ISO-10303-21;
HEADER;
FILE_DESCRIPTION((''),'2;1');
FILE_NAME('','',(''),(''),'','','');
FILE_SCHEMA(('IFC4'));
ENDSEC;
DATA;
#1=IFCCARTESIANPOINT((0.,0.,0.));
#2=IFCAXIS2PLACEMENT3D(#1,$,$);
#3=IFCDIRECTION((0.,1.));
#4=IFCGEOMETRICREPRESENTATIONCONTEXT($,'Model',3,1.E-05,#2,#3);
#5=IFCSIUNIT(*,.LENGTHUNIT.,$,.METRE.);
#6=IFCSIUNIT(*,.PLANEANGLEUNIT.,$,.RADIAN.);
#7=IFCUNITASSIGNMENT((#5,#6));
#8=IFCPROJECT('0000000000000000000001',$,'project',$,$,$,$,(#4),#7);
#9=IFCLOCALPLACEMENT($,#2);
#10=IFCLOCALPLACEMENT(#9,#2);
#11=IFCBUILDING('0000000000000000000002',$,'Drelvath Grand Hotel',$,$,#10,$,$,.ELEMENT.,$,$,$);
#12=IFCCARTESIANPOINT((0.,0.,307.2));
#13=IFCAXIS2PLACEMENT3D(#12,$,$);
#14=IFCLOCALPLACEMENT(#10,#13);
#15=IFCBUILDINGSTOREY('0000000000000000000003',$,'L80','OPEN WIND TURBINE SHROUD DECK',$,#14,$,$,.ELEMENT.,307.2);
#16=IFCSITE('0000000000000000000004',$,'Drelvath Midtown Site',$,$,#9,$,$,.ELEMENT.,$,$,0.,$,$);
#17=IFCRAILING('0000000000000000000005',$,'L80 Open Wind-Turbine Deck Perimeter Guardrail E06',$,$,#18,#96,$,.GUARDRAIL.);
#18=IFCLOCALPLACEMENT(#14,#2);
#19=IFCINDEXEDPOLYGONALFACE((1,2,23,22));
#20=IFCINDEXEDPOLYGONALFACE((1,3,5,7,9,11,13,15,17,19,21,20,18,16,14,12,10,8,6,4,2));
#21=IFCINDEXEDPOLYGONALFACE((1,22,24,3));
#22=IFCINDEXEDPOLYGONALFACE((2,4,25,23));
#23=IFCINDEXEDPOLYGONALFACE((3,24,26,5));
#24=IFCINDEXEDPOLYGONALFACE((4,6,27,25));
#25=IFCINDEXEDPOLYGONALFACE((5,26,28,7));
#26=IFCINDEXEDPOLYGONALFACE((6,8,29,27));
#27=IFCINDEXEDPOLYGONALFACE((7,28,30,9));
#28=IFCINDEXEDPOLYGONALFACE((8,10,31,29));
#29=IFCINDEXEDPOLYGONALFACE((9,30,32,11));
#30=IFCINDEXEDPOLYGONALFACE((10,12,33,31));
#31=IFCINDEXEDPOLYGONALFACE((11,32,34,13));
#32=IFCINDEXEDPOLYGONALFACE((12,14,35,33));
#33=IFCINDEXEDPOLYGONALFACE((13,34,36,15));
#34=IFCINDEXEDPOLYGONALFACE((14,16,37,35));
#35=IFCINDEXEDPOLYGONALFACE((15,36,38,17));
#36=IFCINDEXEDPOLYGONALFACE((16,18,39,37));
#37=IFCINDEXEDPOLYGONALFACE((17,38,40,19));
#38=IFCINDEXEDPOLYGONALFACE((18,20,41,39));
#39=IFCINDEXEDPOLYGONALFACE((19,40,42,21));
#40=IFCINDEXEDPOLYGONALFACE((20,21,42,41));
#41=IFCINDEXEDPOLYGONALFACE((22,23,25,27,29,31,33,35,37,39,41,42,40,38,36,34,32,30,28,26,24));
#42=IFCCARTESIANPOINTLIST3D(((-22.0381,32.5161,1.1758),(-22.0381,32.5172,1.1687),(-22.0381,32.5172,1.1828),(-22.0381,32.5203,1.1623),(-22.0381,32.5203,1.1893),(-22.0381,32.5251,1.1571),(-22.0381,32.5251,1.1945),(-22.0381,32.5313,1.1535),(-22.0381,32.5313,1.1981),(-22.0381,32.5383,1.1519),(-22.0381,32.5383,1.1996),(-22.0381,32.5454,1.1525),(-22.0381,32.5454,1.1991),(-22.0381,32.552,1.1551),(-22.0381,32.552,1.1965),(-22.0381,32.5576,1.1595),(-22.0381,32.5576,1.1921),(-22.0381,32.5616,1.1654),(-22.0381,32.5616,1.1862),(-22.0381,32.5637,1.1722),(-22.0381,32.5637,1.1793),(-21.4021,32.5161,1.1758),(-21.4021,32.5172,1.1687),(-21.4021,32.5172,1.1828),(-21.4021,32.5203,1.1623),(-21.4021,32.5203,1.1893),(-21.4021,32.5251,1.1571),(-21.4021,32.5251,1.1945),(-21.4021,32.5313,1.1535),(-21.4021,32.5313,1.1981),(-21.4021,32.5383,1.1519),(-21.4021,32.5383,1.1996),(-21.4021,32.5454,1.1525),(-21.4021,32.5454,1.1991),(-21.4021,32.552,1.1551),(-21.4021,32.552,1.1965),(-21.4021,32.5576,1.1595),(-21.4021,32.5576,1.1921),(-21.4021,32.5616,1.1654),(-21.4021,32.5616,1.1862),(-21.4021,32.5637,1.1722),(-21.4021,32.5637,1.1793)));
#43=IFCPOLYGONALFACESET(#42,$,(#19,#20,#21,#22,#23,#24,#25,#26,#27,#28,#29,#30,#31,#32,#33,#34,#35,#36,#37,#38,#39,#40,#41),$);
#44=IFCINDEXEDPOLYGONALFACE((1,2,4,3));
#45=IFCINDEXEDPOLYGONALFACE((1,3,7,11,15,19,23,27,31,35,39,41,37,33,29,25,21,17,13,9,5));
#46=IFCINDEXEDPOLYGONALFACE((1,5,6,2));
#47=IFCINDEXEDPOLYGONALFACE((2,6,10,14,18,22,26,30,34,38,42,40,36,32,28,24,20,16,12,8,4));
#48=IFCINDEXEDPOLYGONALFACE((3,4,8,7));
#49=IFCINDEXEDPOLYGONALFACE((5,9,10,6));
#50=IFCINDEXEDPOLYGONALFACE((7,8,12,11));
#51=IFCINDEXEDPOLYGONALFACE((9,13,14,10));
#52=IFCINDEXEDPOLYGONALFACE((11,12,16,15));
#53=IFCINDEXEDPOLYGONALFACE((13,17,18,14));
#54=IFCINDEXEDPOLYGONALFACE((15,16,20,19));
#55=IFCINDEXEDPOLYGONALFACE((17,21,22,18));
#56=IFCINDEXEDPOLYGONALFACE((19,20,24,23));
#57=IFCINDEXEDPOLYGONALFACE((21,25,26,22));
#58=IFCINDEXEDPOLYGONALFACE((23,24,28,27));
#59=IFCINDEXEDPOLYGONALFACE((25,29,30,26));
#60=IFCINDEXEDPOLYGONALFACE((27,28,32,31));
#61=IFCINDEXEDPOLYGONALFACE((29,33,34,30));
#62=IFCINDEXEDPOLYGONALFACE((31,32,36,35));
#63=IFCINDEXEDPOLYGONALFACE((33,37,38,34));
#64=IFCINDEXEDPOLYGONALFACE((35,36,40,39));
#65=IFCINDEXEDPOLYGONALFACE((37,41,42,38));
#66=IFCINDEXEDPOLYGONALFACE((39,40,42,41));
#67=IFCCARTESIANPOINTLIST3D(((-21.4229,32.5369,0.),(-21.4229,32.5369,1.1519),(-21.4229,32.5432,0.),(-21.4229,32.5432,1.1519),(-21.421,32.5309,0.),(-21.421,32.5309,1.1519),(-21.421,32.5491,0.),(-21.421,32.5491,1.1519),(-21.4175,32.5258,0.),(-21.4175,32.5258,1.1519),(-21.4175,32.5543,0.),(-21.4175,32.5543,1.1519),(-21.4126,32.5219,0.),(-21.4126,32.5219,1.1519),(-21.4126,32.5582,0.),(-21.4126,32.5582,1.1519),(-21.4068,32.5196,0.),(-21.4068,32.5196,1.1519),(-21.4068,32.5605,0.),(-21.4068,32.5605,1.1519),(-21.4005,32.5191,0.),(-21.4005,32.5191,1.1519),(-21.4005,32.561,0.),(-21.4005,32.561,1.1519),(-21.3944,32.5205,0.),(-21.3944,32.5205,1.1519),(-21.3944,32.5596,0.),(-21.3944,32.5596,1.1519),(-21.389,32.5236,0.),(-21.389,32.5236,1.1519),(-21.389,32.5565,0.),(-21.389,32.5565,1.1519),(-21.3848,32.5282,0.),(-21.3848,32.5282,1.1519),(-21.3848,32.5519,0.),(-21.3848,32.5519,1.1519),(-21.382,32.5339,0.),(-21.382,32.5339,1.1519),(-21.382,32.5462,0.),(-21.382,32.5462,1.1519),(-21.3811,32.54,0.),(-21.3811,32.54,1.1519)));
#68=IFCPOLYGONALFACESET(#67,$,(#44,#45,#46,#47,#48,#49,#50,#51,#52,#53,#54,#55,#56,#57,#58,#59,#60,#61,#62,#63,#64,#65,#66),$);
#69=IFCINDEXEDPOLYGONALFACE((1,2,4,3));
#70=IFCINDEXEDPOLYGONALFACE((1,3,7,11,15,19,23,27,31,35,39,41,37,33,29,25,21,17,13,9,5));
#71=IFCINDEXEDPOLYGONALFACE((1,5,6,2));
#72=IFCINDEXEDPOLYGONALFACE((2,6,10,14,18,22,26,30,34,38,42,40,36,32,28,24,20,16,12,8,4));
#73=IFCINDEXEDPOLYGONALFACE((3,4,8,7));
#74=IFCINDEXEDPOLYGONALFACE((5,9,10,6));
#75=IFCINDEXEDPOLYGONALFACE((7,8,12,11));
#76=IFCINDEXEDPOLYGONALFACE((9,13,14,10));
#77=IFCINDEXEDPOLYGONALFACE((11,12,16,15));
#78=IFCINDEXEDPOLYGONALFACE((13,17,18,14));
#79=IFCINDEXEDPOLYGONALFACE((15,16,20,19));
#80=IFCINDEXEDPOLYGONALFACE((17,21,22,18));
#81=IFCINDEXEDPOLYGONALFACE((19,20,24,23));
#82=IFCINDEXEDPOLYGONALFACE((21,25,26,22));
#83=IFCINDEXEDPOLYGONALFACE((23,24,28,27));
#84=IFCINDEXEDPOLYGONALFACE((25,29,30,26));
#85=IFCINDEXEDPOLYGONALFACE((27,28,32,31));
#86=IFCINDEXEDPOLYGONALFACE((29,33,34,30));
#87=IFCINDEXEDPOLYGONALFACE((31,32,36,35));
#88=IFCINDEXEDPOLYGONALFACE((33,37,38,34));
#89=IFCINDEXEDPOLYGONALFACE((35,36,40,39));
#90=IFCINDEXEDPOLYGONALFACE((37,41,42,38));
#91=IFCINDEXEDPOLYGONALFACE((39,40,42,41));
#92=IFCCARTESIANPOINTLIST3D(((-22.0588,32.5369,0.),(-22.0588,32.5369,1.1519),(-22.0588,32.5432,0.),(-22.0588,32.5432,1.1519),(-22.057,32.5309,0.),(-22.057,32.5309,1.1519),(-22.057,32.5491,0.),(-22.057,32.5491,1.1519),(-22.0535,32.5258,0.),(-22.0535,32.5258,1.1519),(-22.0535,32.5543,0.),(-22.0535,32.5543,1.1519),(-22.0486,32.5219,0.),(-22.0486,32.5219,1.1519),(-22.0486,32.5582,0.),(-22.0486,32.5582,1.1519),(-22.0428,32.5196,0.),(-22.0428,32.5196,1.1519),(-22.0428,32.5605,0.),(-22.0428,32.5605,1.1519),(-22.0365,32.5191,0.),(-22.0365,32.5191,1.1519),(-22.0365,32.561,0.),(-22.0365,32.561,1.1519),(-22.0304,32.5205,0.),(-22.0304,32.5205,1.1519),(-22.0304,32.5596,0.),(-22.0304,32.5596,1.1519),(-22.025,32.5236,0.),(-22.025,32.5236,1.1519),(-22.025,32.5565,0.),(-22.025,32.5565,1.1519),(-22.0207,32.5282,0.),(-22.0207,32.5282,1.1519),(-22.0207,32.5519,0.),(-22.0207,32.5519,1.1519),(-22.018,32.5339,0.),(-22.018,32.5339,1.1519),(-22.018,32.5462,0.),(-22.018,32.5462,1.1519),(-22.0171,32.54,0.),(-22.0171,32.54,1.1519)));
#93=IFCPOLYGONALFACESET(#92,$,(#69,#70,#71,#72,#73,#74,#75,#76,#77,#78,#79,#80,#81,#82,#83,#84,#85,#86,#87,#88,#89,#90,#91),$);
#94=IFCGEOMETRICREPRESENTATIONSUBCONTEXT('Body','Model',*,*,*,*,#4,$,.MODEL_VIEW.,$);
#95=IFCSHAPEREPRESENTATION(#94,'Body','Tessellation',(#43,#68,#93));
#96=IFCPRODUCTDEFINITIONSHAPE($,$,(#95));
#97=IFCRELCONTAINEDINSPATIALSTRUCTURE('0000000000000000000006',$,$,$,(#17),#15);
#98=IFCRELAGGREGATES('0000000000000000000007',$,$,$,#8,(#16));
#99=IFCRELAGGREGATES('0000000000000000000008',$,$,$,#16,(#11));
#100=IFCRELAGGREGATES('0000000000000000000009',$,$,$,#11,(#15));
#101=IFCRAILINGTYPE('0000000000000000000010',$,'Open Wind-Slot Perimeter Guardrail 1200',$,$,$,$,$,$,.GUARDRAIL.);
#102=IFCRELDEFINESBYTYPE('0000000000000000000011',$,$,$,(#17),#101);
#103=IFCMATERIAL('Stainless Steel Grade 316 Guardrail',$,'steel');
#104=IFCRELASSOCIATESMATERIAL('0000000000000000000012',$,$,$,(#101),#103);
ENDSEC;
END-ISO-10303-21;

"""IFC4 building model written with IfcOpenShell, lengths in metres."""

from ifc_helpers import new_model, si_unit, direction, frame, origin, origin_2d, place, context, subcontext, project, spatial, circle, extrude, material, type_object, element, save


model = new_model("IFC4")

# Units and contexts
model_context = context("Model", 3, precision=1e-05, world=origin(), true_north=direction((0.0, 1.0)))
body_context = subcontext(model_context, "Body", "Model", "MODEL_VIEW")
ifc_project = project(units=[si_unit("LENGTHUNIT", "METRE"), si_unit("PLANEANGLEUNIT", "RADIAN")], contexts=[model_context])

# Site, building, storey
site_placement = place(None, origin())
site = spatial("IfcSite", under=ifc_project, at=site_placement, Name="Drelvath Midtown Site", CompositionType="ELEMENT", RefElevation=0.0)
building_placement = place(site_placement, origin())
building = spatial("IfcBuilding", under=site, at=building_placement, Name="Drelvath Grand Hotel", CompositionType="ELEMENT")
storey_placement = place(building_placement, frame((0.0, 0.0, 307.2)))
storey = spatial("IfcBuildingStorey", under=building, at=storey_placement, Name="L80", Description="OPEN WIND TURBINE SHROUD DECK", CompositionType="ELEMENT", Elevation=307.2)

# Railing
ifc_material_1 = material(Name="Stainless Steel Grade 316 Guardrail", Category="steel")
railing_type_1 = type_object("IfcRailingType", Name="Open Wind-Slot Perimeter Guardrail 1200", PredefinedType="GUARDRAIL", material=ifc_material_1)
railing_1_placement = place(storey_placement, frame((-21.4021, 32.54, 0.0)))
element("IfcRailing", 1, at=railing_1_placement, inside=storey, type_object=railing_type_1, Name="L80 Open Wind-Turbine Deck Perimeter Guardrail E06", PredefinedType="GUARDRAIL", context=body_context, shape_type="SweptSolid", body=[
    extrude(circle(Radius=0.0239, at=origin_2d()), frame((0.0, 0.0, 1.1758), z_axis=(-1.0, 0.0, 0.0), x_axis=(0.0, -1.0, 0.0)), (0.0, 0.0, 1.0), 0.636),
    extrude(circle(Radius=0.021, at=origin_2d()), origin(), (0.0, 0.0, 1.0), 1.1519),
    extrude(circle(Radius=0.021, at=origin_2d()), frame((-0.636, 0.0, 0.0)), (0.0, 0.0, 1.0), 1.1519),
])

save(model, "model.ifc")
